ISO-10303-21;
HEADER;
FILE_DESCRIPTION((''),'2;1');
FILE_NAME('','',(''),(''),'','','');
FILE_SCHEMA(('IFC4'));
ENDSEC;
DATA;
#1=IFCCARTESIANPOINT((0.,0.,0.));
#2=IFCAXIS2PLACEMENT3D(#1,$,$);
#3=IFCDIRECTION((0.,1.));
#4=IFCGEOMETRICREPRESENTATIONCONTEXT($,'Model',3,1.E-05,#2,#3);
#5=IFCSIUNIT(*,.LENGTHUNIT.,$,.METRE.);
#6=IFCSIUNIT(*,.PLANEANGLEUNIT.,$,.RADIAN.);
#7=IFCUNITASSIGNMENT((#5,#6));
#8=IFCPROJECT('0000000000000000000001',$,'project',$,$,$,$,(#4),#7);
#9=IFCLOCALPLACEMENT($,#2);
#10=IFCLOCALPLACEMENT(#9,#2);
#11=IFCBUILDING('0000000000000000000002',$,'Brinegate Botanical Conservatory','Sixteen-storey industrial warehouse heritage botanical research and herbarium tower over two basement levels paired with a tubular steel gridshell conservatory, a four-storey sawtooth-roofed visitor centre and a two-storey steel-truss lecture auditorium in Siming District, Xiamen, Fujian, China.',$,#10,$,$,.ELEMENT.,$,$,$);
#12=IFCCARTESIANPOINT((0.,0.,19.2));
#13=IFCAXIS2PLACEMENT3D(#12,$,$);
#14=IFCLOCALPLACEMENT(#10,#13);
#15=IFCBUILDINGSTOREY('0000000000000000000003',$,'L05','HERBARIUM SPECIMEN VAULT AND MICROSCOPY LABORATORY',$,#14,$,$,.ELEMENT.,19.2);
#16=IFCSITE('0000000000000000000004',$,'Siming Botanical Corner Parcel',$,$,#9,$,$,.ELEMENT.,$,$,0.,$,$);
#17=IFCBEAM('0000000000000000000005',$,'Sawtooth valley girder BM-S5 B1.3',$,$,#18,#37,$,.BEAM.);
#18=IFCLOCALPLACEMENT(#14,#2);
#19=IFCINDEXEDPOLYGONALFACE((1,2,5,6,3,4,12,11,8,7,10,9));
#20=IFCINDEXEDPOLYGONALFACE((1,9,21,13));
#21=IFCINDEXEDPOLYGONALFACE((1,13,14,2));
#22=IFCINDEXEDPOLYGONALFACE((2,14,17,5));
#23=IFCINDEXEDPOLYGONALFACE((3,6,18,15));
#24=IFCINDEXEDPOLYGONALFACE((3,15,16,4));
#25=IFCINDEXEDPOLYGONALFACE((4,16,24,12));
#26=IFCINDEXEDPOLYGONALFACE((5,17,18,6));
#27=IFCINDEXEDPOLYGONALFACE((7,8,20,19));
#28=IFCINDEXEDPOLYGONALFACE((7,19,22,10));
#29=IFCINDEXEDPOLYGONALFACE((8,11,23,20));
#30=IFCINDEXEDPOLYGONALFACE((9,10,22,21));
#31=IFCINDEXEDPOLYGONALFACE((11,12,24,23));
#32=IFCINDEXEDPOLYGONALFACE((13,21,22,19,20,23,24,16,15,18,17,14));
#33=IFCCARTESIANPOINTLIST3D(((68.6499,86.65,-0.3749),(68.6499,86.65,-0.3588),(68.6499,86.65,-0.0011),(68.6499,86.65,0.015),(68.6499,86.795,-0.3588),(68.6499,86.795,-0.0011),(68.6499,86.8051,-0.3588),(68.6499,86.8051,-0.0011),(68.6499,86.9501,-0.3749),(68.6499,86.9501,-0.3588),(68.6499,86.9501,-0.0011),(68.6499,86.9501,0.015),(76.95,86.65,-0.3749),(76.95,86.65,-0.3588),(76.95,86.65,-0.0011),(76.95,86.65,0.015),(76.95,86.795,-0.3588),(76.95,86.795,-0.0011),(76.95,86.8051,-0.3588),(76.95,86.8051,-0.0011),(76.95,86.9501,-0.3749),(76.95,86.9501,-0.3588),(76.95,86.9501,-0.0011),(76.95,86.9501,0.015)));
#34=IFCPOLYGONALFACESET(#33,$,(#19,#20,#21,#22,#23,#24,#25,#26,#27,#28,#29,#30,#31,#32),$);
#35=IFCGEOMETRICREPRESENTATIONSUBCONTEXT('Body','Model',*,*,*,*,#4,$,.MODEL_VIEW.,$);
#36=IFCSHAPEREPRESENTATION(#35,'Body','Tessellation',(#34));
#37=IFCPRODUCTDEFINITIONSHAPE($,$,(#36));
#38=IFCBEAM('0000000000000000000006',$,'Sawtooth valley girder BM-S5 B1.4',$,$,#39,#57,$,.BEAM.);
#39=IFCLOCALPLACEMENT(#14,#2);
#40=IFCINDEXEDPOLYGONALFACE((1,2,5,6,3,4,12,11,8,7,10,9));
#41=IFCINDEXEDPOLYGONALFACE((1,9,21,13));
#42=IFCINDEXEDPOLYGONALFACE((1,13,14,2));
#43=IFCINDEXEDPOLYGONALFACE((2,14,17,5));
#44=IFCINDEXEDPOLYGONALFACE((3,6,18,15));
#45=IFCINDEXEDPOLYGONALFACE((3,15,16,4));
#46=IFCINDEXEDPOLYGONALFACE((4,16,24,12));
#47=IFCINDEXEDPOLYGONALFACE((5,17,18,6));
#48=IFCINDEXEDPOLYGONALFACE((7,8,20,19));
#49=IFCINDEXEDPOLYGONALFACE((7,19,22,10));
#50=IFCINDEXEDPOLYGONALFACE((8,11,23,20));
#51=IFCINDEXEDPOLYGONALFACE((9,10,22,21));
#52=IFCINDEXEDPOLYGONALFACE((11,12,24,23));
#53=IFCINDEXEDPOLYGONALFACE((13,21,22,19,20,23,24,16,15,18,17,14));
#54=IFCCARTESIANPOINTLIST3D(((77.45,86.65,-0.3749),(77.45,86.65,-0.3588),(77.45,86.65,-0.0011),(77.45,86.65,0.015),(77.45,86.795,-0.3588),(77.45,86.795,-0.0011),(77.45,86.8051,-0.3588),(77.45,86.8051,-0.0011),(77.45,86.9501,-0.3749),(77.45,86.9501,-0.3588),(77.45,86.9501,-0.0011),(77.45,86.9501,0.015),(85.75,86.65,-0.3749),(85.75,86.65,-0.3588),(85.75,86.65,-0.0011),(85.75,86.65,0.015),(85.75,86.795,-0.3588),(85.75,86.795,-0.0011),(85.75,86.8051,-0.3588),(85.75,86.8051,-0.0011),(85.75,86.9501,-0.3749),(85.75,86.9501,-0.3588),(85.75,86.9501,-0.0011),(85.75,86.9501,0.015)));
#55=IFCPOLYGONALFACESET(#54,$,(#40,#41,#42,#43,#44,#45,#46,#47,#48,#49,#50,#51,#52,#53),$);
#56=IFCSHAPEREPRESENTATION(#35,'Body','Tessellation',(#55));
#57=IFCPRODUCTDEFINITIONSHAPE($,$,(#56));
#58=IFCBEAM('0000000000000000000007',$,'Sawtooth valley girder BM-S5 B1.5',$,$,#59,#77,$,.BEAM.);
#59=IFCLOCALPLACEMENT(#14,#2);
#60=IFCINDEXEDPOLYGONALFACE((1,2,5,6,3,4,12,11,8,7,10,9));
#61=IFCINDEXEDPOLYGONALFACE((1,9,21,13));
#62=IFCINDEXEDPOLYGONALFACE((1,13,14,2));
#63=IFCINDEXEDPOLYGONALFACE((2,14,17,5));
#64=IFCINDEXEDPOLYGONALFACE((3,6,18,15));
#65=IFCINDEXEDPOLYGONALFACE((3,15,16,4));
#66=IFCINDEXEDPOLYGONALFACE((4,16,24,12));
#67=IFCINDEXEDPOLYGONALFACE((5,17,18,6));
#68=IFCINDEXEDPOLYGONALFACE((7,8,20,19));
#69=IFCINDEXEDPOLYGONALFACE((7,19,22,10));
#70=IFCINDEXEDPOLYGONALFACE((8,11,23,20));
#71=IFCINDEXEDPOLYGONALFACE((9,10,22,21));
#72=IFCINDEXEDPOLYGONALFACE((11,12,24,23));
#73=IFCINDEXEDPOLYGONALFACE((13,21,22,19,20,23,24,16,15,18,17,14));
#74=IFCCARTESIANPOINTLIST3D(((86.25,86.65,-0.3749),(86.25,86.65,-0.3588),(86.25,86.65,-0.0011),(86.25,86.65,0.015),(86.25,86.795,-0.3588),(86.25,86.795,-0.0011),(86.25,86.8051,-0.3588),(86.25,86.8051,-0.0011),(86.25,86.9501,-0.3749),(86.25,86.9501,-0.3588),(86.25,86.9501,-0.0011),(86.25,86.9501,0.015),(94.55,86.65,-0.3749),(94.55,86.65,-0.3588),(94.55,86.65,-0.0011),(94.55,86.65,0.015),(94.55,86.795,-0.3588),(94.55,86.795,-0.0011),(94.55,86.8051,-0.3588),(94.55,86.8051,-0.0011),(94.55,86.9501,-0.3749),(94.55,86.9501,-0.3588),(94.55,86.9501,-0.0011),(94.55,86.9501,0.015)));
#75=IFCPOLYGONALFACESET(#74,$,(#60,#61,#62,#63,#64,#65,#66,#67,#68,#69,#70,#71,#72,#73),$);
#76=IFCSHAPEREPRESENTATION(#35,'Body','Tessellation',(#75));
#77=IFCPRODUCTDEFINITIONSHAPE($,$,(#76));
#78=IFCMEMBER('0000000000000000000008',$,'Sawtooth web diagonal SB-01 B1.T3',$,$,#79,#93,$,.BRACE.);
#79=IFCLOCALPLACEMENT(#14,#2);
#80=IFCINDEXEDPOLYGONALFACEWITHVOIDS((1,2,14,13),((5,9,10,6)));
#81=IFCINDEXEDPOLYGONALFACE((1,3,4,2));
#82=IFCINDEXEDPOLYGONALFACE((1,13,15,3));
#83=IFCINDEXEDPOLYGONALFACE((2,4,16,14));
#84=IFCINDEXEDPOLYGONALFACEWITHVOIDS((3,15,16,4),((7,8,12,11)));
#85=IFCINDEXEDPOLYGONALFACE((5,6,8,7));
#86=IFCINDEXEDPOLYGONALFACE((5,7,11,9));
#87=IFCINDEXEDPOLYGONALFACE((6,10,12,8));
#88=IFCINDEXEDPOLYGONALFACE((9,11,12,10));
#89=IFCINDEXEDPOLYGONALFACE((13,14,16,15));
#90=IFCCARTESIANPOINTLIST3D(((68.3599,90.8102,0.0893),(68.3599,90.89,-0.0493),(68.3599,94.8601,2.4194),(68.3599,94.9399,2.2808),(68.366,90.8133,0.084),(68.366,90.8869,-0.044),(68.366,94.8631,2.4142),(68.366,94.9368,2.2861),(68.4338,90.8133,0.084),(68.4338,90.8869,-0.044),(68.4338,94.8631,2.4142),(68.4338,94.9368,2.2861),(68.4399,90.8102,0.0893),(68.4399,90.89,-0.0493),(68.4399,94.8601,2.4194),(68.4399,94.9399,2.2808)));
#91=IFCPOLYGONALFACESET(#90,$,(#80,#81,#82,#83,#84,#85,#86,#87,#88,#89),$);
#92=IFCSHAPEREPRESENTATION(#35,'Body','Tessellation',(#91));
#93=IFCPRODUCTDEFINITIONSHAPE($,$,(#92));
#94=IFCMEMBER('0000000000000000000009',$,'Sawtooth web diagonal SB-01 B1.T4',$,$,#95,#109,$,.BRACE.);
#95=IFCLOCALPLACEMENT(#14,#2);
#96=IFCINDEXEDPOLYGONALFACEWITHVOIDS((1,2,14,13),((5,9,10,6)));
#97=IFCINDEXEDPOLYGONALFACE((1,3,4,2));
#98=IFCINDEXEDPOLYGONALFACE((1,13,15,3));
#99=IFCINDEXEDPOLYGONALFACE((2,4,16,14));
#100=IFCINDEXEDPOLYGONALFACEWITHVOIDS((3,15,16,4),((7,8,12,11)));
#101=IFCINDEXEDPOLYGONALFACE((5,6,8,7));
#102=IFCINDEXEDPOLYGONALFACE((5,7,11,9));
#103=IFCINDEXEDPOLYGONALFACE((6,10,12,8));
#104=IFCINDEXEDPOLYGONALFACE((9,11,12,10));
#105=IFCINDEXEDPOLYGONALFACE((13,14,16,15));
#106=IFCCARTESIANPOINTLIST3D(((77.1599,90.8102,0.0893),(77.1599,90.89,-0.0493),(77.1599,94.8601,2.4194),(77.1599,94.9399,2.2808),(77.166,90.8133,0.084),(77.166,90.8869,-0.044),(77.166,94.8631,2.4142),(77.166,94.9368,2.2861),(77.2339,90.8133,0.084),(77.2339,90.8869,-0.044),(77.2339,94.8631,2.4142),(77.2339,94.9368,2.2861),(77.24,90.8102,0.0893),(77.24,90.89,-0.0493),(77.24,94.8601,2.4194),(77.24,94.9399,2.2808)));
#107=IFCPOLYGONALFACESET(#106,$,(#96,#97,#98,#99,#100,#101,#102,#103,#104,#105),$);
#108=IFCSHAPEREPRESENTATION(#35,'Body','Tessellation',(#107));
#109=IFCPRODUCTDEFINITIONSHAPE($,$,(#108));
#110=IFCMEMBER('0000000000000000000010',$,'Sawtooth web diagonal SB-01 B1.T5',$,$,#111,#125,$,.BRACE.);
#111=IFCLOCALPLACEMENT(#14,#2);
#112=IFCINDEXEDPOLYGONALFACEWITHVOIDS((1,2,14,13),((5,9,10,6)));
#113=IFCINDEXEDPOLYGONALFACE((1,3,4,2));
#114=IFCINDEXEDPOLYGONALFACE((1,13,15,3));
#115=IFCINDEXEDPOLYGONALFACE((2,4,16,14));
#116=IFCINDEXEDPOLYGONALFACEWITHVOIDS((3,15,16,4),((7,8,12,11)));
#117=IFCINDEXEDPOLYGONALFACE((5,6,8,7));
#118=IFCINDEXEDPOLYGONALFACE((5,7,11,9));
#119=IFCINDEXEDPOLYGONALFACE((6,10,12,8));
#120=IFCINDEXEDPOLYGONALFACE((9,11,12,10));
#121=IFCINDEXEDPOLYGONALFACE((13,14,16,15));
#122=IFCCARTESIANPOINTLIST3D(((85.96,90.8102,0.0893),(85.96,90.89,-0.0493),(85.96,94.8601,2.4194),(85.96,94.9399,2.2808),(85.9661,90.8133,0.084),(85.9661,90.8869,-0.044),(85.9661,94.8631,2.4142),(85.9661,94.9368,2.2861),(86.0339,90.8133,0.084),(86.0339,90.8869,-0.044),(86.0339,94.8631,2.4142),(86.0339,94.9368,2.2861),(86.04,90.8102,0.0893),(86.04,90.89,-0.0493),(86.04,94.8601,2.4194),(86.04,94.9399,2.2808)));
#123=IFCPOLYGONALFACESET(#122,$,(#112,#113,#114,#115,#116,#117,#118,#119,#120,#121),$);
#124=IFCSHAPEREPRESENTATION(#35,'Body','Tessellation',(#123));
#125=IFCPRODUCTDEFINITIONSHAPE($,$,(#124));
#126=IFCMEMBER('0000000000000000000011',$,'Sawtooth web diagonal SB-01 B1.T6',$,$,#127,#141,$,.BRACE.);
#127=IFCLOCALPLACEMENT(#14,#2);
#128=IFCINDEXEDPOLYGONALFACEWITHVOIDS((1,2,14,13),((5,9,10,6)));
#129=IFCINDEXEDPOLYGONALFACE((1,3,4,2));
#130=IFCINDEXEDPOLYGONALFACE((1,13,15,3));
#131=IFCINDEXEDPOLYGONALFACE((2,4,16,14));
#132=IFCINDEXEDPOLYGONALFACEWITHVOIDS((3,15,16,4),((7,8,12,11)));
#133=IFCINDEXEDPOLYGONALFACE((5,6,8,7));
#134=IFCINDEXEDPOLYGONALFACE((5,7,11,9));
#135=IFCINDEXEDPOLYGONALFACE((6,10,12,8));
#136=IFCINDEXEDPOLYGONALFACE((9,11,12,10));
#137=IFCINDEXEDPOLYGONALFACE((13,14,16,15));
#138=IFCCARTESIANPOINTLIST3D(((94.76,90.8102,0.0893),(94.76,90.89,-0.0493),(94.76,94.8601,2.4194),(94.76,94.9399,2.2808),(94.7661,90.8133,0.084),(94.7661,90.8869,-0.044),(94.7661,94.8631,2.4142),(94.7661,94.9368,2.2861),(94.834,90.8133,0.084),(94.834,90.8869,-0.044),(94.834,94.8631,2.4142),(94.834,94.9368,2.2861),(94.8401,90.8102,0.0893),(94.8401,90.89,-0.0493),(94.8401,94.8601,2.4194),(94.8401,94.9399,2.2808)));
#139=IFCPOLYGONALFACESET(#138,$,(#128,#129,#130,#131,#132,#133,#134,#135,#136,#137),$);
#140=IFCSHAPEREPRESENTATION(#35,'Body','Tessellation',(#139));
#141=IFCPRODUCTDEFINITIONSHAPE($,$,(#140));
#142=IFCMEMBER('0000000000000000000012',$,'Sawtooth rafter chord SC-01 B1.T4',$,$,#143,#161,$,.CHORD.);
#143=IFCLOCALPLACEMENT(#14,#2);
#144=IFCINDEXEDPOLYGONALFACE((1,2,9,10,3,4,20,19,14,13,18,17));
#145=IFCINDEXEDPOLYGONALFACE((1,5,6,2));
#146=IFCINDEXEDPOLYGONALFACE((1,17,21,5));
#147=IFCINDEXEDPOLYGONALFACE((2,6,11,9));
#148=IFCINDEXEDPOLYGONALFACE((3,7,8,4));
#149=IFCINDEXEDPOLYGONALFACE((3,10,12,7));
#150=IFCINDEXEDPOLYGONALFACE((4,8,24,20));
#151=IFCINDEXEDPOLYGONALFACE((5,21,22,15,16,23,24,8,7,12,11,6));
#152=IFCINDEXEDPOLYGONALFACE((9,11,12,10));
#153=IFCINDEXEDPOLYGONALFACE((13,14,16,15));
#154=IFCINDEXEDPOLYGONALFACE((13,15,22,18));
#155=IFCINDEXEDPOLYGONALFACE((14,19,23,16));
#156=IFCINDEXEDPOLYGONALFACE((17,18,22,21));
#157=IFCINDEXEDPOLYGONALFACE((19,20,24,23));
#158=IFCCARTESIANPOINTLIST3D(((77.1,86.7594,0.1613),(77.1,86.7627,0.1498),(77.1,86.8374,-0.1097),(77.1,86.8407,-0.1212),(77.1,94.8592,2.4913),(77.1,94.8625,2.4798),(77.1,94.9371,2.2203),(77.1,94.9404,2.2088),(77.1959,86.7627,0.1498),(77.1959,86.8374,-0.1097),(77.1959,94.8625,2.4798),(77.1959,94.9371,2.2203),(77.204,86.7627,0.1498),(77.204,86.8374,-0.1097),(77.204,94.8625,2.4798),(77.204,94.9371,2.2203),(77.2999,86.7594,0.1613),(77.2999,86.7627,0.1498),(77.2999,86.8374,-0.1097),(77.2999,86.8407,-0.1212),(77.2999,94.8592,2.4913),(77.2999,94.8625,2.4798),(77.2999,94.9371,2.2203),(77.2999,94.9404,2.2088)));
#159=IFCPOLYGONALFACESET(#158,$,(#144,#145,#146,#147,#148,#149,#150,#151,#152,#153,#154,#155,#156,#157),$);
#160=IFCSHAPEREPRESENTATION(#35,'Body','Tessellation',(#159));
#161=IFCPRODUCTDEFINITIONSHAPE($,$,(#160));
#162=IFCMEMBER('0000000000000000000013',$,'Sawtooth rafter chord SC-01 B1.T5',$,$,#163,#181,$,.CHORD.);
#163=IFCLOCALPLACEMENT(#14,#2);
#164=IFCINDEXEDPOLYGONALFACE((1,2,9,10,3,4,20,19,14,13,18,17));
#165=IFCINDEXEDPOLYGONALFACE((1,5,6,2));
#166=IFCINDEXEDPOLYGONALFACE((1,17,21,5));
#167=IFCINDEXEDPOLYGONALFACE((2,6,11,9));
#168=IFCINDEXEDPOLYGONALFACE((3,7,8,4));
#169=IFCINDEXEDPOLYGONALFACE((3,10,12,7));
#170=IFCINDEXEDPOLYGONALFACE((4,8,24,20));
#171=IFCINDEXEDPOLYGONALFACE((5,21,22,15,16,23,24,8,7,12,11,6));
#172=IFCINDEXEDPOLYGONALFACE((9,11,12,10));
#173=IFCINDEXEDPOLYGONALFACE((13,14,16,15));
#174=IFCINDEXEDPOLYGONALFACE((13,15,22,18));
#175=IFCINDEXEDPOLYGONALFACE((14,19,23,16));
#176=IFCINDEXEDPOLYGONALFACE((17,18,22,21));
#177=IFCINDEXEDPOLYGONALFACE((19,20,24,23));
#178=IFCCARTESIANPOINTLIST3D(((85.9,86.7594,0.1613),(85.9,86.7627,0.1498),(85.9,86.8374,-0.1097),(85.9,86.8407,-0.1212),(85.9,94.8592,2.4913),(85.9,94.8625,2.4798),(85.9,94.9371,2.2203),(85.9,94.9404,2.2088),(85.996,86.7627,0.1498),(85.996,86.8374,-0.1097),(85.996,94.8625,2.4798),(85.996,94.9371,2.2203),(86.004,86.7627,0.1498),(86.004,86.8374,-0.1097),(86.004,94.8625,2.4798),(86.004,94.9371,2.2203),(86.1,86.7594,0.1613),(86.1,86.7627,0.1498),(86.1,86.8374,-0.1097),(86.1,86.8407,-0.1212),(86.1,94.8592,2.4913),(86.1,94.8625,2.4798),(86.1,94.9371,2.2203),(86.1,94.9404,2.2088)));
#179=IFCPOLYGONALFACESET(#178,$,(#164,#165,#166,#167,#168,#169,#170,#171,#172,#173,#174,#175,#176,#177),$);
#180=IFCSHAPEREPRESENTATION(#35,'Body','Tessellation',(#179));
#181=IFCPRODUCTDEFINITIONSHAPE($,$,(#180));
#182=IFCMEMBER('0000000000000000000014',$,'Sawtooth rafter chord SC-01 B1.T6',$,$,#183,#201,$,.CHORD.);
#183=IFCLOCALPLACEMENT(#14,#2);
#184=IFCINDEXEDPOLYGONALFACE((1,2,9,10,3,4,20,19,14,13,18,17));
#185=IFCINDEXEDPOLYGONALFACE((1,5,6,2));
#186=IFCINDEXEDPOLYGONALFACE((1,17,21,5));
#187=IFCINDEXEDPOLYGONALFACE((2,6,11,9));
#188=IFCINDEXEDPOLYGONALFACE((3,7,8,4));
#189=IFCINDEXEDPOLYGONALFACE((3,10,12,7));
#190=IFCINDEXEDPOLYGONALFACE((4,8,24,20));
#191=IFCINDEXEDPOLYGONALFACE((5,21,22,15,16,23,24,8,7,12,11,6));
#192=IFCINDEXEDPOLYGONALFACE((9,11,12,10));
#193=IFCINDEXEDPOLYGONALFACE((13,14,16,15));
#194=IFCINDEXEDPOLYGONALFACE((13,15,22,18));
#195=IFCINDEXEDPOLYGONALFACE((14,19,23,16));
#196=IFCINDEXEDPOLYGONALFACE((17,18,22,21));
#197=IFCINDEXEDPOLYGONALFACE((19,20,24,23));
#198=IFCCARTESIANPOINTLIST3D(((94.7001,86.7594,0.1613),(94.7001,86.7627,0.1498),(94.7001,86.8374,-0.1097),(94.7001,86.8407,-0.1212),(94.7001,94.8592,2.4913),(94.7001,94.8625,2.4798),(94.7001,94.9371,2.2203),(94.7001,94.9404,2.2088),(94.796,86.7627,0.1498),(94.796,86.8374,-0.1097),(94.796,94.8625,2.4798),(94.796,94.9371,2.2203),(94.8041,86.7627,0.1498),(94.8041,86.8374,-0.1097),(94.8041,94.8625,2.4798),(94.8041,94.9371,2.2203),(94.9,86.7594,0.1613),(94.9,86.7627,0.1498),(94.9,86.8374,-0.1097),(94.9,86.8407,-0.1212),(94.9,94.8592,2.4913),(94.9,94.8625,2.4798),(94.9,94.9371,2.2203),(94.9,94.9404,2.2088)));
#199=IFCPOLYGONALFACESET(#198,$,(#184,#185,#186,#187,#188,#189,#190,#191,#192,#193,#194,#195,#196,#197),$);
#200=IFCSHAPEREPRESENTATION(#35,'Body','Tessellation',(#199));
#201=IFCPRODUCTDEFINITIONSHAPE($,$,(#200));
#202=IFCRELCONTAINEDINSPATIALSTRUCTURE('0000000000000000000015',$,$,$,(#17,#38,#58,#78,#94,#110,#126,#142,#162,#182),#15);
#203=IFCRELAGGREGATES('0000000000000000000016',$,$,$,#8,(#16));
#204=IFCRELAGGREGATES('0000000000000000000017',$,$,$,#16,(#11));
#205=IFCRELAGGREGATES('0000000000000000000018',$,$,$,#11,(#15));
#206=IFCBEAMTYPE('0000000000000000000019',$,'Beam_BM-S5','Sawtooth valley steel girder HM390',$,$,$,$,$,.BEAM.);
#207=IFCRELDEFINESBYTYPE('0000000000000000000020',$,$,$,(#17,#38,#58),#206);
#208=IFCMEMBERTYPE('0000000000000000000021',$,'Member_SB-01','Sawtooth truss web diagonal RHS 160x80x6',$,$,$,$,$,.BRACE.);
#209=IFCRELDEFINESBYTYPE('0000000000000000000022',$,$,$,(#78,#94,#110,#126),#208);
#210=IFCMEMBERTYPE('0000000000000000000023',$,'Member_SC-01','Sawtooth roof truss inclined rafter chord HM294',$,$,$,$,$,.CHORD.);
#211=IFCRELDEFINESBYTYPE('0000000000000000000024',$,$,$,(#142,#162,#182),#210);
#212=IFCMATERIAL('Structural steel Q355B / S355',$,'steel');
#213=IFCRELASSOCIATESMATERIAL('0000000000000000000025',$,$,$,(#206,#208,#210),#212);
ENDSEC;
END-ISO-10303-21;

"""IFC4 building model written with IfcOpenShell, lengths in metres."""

from ifc_helpers import new_model, si_unit, direction, frame, origin, origin_2d, place, context, subcontext, project, spatial, hollow_rectangle, i_section, extrude, material, material_profile, profile_set, type_object, element, save


model = new_model("IFC4")

# Units and contexts
model_context = context("Model", 3, precision=1e-05, world=origin(), true_north=direction((0.0, 1.0)))
body_context = subcontext(model_context, "Body", "Model", "MODEL_VIEW")
ifc_project = project(units=[si_unit("LENGTHUNIT", "METRE"), si_unit("PLANEANGLEUNIT", "RADIAN")], contexts=[model_context])

# Site, building, storey
site_placement = place(None, origin())
site = spatial("IfcSite", under=ifc_project, at=site_placement, Name="Siming Botanical Corner Parcel", CompositionType="ELEMENT", RefElevation=0.0)
building_placement = place(site_placement, origin())
building = spatial("IfcBuilding", under=site, at=building_placement, Name="Brinegate Botanical Conservatory", Description="Sixteen-storey industrial warehouse heritage botanical research and herbarium tower over two basement levels paired with a tubular steel gridshell conservatory, a four-storey sawtooth-roofed visitor centre and a two-storey steel-truss lecture auditorium in Siming District, Xiamen, Fujian, China.", CompositionType="ELEMENT")
storey_placement = place(building_placement, frame((0.0, 0.0, 19.2)))
storey = spatial("IfcBuildingStorey", under=building, at=storey_placement, Name="L05", Description="HERBARIUM SPECIMEN VAULT AND MICROSCOPY LABORATORY", CompositionType="ELEMENT", Elevation=19.2)

# Beams
ifc_material_1 = material(Name="Structural steel Q355B / S355", Category="steel")
ifc_material_profile_1 = material_profile(ifc_material_1, i_section(OverallWidth=0.3, OverallDepth=0.3899, WebThickness=0.01, FlangeThickness=0.0161, at=origin_2d()), Name="HM 390x300x10x16")
ifc_profile_set_1 = profile_set([ifc_material_profile_1], Name="Structural steel Q355B / S355")
beam_type = type_object("IfcBeamType", Name="Beam_BM-S5", Description="Sawtooth valley steel girder HM390", PredefinedType="BEAM", material=ifc_profile_set_1)
for number, where, z_axis, x_axis, name in (
    (1, (68.6499, 86.8, -0.1799), (1.0, 0.0, 0.0), (0.0, 1.0, 0.0), "Sawtooth valley girder BM-S5 B1.3"),
    (2, (77.45, 86.8, -0.1799), (1.0, 0.0, 0.0), (0.0, 1.0, 0.0), "Sawtooth valley girder BM-S5 B1.4"),
    (3, (86.25, 86.8, -0.1799), (1.0, 0.0, 0.0), (0.0, 1.0, 0.0), "Sawtooth valley girder BM-S5 B1.5"),
):
    element("IfcBeam", number, at=place(storey_placement, frame(where, z_axis=z_axis, x_axis=x_axis)), inside=storey, type_object=beam_type, Name=name, PredefinedType="BEAM", context=body_context, shape_type="SweptSolid", body=[
        extrude(i_section(OverallWidth=0.3, OverallDepth=0.3899, WebThickness=0.01, FlangeThickness=0.0161, at=origin_2d()), origin(), (0.0, 0.0, 1.0), 8.3),
    ])

# Members
ifc_material_profile_2 = material_profile(ifc_material_1, hollow_rectangle(XDim=0.0801, YDim=0.1599, WallThickness=0.0061, at=origin_2d()), Name="RHS 160x80x6")
ifc_profile_set_2 = profile_set([ifc_material_profile_2], Name="Structural steel Q355B / S355")
member_type_1 = type_object("IfcMemberType", Name="Member_SB-01", Description="Sawtooth truss web diagonal RHS 160x80x6", PredefinedType="BRACE", material=ifc_profile_set_2)
for number, where, z_axis, x_axis, name in (
    (4, (68.3999, 90.8501, 0.02), (0.0, 0.866773, 0.498703), (-1.0, 0.0, 0.0), "Sawtooth web diagonal SB-01 B1.T3"),
    (5, (77.2, 90.8501, 0.02), (0.0, 0.866773, 0.498703), (-1.0, 0.0, 0.0), "Sawtooth web diagonal SB-01 B1.T4"),
    (6, (86.0, 90.8501, 0.02), (0.0, 0.866773, 0.498703), (-1.0, 0.0, 0.0), "Sawtooth web diagonal SB-01 B1.T5"),
    (7, (94.8, 90.8501, 0.02), (0.0, 0.866773, 0.498703), (-1.0, 0.0, 0.0), "Sawtooth web diagonal SB-01 B1.T6"),
):
    element("IfcMember", number, at=place(storey_placement, frame(where, z_axis=z_axis, x_axis=x_axis)), inside=storey, type_object=member_type_1, Name=name, PredefinedType="BRACE", context=body_context, shape_type="SweptSolid", body=[
        extrude(hollow_rectangle(XDim=0.0801, YDim=0.1599, WallThickness=0.0061, at=origin_2d()), origin(), (0.0, 0.0, 1.0), 4.6724),
    ])
ifc_material_profile_3 = material_profile(ifc_material_1, i_section(OverallWidth=0.2, OverallDepth=0.2939, WebThickness=0.0081, FlangeThickness=0.012, at=origin_2d()), Name="HM 294x200x8x12")
ifc_profile_set_3 = profile_set([ifc_material_profile_3], Name="Structural steel Q355B / S355")
member_type_2 = type_object("IfcMemberType", Name="Member_SC-01", Description="Sawtooth roof truss inclined rafter chord HM294", PredefinedType="CHORD", material=ifc_profile_set_3)
for number, where, z_axis, x_axis, name in (
    (8, (77.2, 86.8, 0.02), (0.0, 0.961026, 0.276458), (-1.0, 0.0, 0.0), "Sawtooth rafter chord SC-01 B1.T4"),
    (9, (86.0, 86.8, 0.02), (0.0, 0.961026, 0.276458), (-1.0, 0.0, 0.0), "Sawtooth rafter chord SC-01 B1.T5"),
    (10, (94.8, 86.8, 0.02), (0.0, 0.961026, 0.276458), (-1.0, 0.0, 0.0), "Sawtooth rafter chord SC-01 B1.T6"),
):
    element("IfcMember", number, at=place(storey_placement, frame(where, z_axis=z_axis, x_axis=x_axis)), inside=storey, type_object=member_type_2, Name=name, PredefinedType="CHORD", context=body_context, shape_type="SweptSolid", body=[
        extrude(i_section(OverallWidth=0.2, OverallDepth=0.2939, WebThickness=0.0081, FlangeThickness=0.012, at=origin_2d()), origin(), (0.0, 0.0, 1.0), 8.4282),
    ])

save(model, "model.ifc")
